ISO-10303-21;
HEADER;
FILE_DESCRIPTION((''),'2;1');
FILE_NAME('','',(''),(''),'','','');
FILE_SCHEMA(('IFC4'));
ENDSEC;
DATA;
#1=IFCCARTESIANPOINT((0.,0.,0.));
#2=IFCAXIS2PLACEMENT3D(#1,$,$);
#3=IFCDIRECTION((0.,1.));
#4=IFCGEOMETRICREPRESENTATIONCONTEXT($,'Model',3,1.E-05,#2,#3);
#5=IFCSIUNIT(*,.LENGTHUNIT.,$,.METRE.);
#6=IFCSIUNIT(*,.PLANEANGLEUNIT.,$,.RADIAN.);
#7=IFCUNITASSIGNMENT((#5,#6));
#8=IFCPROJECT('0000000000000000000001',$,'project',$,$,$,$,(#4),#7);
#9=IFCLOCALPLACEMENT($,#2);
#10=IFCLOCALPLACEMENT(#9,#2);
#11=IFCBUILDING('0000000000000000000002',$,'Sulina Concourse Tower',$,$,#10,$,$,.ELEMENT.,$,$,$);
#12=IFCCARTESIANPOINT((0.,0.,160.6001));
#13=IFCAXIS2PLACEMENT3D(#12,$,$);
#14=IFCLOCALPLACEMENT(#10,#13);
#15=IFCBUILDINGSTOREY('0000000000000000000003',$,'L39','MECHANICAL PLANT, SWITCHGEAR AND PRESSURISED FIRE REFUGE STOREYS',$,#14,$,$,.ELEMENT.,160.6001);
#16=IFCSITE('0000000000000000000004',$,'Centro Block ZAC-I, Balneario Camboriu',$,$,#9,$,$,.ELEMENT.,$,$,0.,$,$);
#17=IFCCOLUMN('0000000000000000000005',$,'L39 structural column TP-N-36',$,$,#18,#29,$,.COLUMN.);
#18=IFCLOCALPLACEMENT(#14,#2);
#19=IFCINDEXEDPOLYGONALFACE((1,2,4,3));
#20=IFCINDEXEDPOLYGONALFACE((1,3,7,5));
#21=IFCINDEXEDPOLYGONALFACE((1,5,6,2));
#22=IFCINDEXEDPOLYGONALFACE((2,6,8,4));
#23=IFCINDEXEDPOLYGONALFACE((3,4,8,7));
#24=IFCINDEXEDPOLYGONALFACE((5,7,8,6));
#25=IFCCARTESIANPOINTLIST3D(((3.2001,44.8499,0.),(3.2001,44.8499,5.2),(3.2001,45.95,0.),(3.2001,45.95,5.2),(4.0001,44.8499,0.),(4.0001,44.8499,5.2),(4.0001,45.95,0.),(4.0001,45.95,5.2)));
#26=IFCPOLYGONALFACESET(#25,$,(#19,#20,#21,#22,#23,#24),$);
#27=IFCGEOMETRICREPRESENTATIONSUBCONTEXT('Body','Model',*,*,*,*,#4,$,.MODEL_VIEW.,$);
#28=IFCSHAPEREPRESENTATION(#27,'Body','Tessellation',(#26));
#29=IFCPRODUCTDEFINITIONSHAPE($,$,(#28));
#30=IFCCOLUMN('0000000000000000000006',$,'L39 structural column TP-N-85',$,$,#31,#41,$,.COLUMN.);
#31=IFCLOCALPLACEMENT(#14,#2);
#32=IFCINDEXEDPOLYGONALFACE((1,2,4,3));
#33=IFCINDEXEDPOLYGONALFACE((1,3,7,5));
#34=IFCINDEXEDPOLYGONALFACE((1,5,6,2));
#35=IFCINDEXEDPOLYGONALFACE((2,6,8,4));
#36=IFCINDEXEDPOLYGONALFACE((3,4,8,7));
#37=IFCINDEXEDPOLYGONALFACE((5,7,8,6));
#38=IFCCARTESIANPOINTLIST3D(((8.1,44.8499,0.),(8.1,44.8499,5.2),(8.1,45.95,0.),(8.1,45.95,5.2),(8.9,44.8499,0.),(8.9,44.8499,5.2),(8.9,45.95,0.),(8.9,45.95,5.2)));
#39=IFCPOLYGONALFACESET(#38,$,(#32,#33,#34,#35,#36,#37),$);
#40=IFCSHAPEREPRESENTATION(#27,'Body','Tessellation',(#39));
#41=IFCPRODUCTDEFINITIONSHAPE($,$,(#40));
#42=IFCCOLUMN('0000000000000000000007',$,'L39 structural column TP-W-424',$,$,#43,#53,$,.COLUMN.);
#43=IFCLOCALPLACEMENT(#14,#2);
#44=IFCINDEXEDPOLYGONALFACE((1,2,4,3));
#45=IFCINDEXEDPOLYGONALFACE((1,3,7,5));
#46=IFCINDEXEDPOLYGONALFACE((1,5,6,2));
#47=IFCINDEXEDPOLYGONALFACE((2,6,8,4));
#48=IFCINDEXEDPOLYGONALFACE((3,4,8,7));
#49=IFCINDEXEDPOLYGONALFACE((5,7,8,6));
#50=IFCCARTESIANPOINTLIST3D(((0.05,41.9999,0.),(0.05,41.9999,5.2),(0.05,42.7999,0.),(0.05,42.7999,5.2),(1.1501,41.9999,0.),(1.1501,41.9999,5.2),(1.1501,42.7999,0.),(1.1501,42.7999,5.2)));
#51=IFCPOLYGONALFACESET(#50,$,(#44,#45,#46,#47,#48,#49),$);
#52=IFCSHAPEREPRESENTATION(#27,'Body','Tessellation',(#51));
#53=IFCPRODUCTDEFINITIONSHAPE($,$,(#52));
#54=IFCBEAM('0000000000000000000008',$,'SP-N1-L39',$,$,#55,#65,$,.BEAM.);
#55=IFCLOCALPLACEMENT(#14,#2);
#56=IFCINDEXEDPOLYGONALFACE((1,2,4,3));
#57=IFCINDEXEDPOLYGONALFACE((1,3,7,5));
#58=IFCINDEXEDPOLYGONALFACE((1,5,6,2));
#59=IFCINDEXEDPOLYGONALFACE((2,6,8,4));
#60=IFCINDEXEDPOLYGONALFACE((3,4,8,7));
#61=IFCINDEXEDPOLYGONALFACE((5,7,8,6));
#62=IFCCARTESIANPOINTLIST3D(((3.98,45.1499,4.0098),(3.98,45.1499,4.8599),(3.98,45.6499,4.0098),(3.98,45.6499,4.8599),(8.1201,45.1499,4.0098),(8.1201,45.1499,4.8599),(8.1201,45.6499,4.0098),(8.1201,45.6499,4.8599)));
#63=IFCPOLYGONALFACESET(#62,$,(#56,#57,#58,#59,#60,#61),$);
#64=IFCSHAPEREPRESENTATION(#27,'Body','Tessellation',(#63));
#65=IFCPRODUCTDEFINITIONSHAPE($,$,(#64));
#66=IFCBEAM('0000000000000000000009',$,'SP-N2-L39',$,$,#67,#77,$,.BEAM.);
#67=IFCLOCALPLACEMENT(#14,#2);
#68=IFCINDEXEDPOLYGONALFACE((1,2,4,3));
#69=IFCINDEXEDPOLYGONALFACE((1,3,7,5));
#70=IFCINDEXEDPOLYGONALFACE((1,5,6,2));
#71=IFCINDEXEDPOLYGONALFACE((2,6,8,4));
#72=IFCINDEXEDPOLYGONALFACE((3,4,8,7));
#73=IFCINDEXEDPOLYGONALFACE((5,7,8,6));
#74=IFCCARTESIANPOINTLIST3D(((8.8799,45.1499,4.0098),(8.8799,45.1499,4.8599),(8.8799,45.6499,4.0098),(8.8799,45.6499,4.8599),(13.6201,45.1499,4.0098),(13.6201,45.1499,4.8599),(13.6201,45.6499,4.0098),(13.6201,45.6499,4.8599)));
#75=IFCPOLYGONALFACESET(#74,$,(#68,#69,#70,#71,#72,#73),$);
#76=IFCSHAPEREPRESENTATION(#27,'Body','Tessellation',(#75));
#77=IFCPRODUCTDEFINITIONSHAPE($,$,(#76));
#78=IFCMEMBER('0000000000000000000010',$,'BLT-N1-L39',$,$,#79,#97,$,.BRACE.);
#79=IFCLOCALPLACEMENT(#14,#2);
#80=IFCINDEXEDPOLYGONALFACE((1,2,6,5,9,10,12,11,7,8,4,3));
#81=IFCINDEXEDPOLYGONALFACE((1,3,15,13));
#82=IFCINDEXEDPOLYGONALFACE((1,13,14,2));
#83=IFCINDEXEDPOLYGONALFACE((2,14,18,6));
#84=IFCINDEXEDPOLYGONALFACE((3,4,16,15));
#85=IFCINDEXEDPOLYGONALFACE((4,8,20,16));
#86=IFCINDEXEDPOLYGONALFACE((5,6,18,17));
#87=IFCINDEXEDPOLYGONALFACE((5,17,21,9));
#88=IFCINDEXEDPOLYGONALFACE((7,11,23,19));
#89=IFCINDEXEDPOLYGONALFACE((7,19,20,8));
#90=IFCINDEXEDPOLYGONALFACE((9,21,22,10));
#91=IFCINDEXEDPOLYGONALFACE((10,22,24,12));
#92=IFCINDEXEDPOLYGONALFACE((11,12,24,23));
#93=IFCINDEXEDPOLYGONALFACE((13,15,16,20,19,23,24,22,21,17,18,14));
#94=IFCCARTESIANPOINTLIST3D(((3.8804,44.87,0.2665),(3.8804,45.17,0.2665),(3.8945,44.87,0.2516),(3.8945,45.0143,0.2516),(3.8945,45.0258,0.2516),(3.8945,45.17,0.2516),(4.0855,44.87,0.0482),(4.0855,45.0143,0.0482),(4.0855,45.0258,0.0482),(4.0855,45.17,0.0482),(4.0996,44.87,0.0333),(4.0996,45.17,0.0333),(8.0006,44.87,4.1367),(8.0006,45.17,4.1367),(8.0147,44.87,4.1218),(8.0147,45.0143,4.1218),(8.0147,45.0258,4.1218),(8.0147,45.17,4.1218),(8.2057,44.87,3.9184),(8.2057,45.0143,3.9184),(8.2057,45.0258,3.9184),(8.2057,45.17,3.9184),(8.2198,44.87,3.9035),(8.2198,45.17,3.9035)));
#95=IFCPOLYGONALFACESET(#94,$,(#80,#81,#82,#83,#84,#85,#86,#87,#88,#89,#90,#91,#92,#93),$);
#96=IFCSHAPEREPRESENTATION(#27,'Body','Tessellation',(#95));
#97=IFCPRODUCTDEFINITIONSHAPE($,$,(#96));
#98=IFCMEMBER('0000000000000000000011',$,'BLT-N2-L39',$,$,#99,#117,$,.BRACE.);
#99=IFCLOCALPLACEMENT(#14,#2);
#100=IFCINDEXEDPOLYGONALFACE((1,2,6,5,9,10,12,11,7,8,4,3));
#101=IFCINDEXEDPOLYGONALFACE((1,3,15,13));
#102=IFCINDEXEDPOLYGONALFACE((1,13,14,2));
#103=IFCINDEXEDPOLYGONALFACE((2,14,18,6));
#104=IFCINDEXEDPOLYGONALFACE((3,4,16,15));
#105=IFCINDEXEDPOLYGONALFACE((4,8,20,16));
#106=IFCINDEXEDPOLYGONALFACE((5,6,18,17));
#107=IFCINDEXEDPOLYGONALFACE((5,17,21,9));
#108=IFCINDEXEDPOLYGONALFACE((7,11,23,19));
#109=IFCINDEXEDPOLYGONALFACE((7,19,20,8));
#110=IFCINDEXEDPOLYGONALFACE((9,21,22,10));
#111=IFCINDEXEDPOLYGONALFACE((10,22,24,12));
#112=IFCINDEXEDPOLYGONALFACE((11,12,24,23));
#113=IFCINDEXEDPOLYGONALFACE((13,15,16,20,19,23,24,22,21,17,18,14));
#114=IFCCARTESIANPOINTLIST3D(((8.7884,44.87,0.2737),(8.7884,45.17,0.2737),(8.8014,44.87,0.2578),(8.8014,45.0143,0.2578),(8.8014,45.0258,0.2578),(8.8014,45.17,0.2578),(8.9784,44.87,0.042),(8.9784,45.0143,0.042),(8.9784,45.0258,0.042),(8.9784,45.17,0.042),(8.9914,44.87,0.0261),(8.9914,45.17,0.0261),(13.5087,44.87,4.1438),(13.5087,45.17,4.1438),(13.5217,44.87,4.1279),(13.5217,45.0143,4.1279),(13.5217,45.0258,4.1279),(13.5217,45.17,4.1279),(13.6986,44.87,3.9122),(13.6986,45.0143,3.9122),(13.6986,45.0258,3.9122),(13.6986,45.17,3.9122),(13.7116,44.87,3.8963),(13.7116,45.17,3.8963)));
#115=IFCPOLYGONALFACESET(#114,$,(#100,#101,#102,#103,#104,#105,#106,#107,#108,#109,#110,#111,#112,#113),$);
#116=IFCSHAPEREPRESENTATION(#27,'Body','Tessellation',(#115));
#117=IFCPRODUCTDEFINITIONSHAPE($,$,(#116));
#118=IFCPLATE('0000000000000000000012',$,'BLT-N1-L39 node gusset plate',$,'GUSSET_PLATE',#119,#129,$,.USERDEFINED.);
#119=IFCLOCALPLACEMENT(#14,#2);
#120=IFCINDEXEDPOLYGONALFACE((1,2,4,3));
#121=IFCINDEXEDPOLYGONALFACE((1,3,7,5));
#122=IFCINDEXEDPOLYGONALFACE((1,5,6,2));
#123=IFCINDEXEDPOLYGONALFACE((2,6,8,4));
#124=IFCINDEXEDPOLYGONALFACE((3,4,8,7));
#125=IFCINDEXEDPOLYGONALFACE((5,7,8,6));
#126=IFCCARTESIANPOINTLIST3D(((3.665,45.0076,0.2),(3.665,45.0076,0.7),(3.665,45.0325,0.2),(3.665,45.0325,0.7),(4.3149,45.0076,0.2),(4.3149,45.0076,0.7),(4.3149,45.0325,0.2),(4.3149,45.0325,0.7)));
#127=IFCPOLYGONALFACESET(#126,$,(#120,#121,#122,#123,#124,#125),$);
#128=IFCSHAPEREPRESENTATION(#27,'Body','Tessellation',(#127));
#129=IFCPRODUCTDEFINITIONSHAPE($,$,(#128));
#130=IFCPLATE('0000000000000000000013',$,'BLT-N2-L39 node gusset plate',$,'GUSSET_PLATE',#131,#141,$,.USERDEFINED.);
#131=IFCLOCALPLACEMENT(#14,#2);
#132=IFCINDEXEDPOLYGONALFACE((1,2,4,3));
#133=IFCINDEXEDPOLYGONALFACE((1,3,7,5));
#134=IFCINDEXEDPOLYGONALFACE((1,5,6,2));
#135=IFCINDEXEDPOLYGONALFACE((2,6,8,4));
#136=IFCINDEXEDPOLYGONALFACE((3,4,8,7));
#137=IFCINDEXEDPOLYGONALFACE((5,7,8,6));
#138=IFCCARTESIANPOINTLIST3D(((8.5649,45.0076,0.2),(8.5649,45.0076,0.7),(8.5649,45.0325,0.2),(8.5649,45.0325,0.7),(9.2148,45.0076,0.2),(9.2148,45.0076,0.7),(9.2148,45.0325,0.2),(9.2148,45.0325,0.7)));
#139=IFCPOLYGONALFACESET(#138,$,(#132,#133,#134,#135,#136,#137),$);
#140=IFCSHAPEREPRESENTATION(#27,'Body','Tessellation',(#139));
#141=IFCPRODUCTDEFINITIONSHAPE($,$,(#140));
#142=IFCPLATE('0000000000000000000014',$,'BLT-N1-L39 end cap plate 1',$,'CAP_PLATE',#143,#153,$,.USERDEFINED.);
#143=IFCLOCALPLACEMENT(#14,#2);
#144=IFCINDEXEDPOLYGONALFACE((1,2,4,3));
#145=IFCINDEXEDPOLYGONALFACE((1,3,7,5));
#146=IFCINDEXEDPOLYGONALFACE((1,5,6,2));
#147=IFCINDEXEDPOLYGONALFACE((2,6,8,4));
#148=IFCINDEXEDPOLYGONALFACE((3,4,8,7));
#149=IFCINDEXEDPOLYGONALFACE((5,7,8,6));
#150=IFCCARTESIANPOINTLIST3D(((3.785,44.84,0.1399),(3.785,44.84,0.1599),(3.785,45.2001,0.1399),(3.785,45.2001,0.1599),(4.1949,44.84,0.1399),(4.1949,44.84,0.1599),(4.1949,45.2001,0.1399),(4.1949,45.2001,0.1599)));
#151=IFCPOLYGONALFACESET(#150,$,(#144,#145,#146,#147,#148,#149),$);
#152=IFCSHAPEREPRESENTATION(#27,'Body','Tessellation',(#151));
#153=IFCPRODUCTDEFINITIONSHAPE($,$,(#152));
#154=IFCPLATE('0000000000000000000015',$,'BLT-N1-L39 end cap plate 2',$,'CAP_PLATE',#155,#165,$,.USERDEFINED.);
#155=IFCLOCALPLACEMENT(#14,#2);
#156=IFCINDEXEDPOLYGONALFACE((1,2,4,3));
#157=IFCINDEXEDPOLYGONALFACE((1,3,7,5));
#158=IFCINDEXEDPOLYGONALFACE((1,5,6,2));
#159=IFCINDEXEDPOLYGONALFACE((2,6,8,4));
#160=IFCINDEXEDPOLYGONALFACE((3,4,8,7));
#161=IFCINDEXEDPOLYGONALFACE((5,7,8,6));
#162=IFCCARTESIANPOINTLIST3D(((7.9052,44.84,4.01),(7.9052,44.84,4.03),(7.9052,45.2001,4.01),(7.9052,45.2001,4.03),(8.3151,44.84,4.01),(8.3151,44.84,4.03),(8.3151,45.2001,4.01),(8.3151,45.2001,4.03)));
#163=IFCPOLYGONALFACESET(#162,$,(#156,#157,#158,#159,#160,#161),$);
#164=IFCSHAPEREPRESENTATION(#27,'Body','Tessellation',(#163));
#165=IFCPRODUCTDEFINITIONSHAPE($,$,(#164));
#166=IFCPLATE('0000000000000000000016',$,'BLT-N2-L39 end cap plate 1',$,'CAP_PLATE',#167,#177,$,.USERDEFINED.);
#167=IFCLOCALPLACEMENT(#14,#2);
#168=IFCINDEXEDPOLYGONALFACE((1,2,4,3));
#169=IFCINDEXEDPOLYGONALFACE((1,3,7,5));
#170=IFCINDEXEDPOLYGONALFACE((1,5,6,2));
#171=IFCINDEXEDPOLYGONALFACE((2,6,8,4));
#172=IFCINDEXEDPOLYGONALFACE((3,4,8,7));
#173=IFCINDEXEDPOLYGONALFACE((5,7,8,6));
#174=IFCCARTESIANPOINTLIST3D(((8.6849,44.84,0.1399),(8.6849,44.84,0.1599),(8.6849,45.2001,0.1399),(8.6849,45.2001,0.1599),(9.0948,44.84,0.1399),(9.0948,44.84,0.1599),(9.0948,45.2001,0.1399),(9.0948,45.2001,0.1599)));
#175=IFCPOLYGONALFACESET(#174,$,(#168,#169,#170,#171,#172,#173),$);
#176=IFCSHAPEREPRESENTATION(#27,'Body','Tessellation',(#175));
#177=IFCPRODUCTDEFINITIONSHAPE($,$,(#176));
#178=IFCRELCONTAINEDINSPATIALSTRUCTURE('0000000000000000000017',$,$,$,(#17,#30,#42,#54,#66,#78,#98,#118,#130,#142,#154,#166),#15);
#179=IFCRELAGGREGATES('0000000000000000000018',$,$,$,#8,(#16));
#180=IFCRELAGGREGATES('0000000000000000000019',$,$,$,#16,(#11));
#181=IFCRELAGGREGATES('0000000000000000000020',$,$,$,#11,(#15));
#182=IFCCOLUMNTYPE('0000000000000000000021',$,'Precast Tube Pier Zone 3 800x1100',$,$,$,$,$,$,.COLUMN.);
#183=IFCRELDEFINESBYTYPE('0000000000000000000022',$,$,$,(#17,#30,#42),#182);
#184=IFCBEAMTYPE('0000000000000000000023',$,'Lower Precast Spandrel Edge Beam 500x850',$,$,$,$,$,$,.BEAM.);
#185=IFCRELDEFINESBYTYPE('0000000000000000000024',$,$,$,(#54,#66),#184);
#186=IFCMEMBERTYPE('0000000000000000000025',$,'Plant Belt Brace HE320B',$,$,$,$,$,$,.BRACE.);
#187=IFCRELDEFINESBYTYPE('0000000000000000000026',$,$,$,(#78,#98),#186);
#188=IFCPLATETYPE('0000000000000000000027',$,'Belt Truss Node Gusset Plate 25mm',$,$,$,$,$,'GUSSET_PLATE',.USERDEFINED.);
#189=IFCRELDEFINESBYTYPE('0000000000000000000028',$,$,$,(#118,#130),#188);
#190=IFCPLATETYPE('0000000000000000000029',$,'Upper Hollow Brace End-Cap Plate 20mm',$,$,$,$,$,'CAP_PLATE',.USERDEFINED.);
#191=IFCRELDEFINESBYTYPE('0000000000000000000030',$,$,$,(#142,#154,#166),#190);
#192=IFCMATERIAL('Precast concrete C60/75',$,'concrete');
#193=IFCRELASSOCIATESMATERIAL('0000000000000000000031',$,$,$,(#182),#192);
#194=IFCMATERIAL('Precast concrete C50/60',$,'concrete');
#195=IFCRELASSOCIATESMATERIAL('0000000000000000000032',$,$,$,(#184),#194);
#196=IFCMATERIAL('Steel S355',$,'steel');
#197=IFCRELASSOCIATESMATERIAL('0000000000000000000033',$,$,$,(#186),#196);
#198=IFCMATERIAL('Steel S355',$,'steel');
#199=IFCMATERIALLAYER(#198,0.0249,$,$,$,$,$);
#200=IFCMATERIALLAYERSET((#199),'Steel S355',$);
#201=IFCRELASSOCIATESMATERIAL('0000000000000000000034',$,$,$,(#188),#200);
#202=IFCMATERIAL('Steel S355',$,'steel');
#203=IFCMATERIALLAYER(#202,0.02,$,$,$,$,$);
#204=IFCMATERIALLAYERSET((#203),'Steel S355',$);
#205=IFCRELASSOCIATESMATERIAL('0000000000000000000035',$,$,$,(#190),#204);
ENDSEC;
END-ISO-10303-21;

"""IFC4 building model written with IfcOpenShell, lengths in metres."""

from ifc_helpers import new_model, si_unit, direction, frame, origin, origin_2d, place, context, subcontext, project, spatial, rectangle, i_section, extrude, material, layer, layer_set, material_profile, profile_set, type_object, element, save


model = new_model("IFC4")

# Units and contexts
model_context = context("Model", 3, precision=1e-05, world=origin(), true_north=direction((0.0, 1.0)))
body_context = subcontext(model_context, "Body", "Model", "MODEL_VIEW")
ifc_project = project(units=[si_unit("LENGTHUNIT", "METRE"), si_unit("PLANEANGLEUNIT", "RADIAN")], contexts=[model_context])

# Site, building, storey
site_placement = place(None, origin())
site = spatial("IfcSite", under=ifc_project, at=site_placement, Name="Centro Block ZAC-I, Balneario Camboriu", CompositionType="ELEMENT", RefElevation=0.0)
building_placement = place(site_placement, origin())
building = spatial("IfcBuilding", under=site, at=building_placement, Name="Sulina Concourse Tower", CompositionType="ELEMENT")
storey_placement = place(building_placement, frame((0.0, 0.0, 160.6001)))
storey = spatial("IfcBuildingStorey", under=building, at=storey_placement, Name="L39", Description="MECHANICAL PLANT, SWITCHGEAR AND PRESSURISED FIRE REFUGE STOREYS", CompositionType="ELEMENT", Elevation=160.6001)

# Columns
ifc_material_1 = material(Name="Precast concrete C60/75", Category="concrete")
ifc_material_profile_1 = material_profile(ifc_material_1, rectangle(XDim=0.8, YDim=1.1001, at=origin_2d()), Name="PC 800x1100")
ifc_profile_set_1 = profile_set([ifc_material_profile_1], Name="Precast concrete C60/75")
column_type = type_object("IfcColumnType", Name="Precast Tube Pier Zone 3 800x1100", PredefinedType="COLUMN", material=ifc_profile_set_1)
for number, where, z_axis, x_axis, name in (
    (1, (3.6001, 45.3999, 0.0), (0.0, 0.0, 1.0), (1.0, 0.0, 0.0), "L39 structural column TP-N-36"),
    (2, (8.5, 45.3999, 0.0), (0.0, 0.0, 1.0), (1.0, 0.0, 0.0), "L39 structural column TP-N-85"),
    (3, (0.6001, 42.3999, 0.0), (0.0, 0.0, 1.0), (0.0, 1.0, 0.0), "L39 structural column TP-W-424"),
):
    element("IfcColumn", number, at=place(storey_placement, frame(where, z_axis=z_axis, x_axis=x_axis)), inside=storey, type_object=column_type, Name=name, PredefinedType="COLUMN", context=body_context, shape_type="SweptSolid", body=[
        extrude(rectangle(XDim=0.8, YDim=1.1001, at=origin_2d()), origin(), (0.0, 0.0, 1.0), 5.2),
    ])

# Beams
ifc_material_2 = material(Name="Precast concrete C50/60", Category="concrete")
ifc_material_profile_2 = material_profile(ifc_material_2, rectangle(XDim=0.5, YDim=0.8501, at=origin_2d()), Name="RC 500x850")
ifc_profile_set_2 = profile_set([ifc_material_profile_2], Name="Precast concrete C50/60")
beam_type = type_object("IfcBeamType", Name="Lower Precast Spandrel Edge Beam 500x850", PredefinedType="BEAM", material=ifc_profile_set_2)
beam_1_placement = place(storey_placement, frame((3.98, 45.3999, 4.4348), z_axis=(1.0, 0.0, 0.0), x_axis=(0.0, 1.0, 0.0)))
element("IfcBeam", 4, at=beam_1_placement, inside=storey, type_object=beam_type, Name="SP-N1-L39", PredefinedType="BEAM", context=body_context, shape_type="SweptSolid", body=[
    extrude(rectangle(XDim=0.5, YDim=0.8501, at=origin_2d()), origin(), (0.0, 0.0, 1.0), 4.1401),
])
beam_2_placement = place(storey_placement, frame((8.8799, 45.3999, 4.4348), z_axis=(1.0, 0.0, 0.0), x_axis=(0.0, 1.0, 0.0)))
element("IfcBeam", 5, at=beam_2_placement, inside=storey, type_object=beam_type, Name="SP-N2-L39", PredefinedType="BEAM", context=body_context, shape_type="SweptSolid", body=[
    extrude(rectangle(XDim=0.5, YDim=0.8501, at=origin_2d()), origin(), (0.0, 0.0, 1.0), 4.7402),
])

# Members
ifc_material_3 = material(Name="Steel S355", Category="steel")
ifc_material_profile_3 = material_profile(ifc_material_3, i_section(OverallWidth=0.3, OverallDepth=0.3201, WebThickness=0.0115, FlangeThickness=0.0205, at=origin_2d()), Name="HE 320 B")
ifc_profile_set_3 = profile_set([ifc_material_profile_3], Name="Steel S355")
member_type = type_object("IfcMemberType", Name="Plant Belt Brace HE320B", PredefinedType="BRACE", material=ifc_profile_set_3)
member_1_placement = place(storey_placement, frame((3.99, 45.02, 0.1499), z_axis=(0.728874, 0.0, 0.684648), x_axis=(0.0, 1.0, 0.0)))
element("IfcMember", 6, at=member_1_placement, inside=storey, type_object=member_type, Name="BLT-N1-L39", PredefinedType="BRACE", context=body_context, shape_type="SweptSolid", body=[
    extrude(i_section(OverallWidth=0.3, OverallDepth=0.3201, WebThickness=0.0115, FlangeThickness=0.0205, at=origin_2d()), origin(), (0.0, 0.0, 1.0), 5.6528),
])
member_2_placement = place(storey_placement, frame((8.8899, 45.02, 0.1499), z_axis=(0.773305, 0.0, 0.634035), x_axis=(0.0, 1.0, 0.0)))
element("IfcMember", 7, at=member_2_placement, inside=storey, type_object=member_type, Name="BLT-N2-L39", PredefinedType="BRACE", context=body_context, shape_type="SweptSolid", body=[
    extrude(i_section(OverallWidth=0.3, OverallDepth=0.3201, WebThickness=0.0115, FlangeThickness=0.0205, at=origin_2d()), origin(), (0.0, 0.0, 1.0), 6.104),
])

# Plates
ifc_material_4 = material(Name="Steel S355", Category="steel")
ifc_layer_1 = layer(ifc_material_4, 0.0249)
ifc_layer_set_1 = layer_set([ifc_layer_1], Name="Steel S355")
plate_type_1 = type_object("IfcPlateType", Name="Belt Truss Node Gusset Plate 25mm", ElementType="GUSSET_PLATE", PredefinedType="USERDEFINED", material=ifc_layer_set_1)
for number, where, z_axis, x_axis, name in (
    (8, (3.99, 45.02, 0.2), (0.0, 0.0, 1.0), (1.0, 0.0, 0.0), "BLT-N1-L39 node gusset plate"),
    (9, (8.8899, 45.02, 0.2), (0.0, 0.0, 1.0), (1.0, 0.0, 0.0), "BLT-N2-L39 node gusset plate"),
):
    element("IfcPlate", number, at=place(storey_placement, frame(where, z_axis=z_axis, x_axis=x_axis)), inside=storey, type_object=plate_type_1, Name=name, ObjectType="GUSSET_PLATE", PredefinedType="USERDEFINED", context=body_context, shape_type="SweptSolid", body=[
        extrude(rectangle(XDim=0.6499, YDim=0.0249, at=origin_2d()), origin(), (0.0, 0.0, 1.0), 0.5),
    ])
ifc_material_5 = material(Name="Steel S355", Category="steel")
ifc_layer_2 = layer(ifc_material_5, 0.02)
ifc_layer_set_2 = layer_set([ifc_layer_2], Name="Steel S355")
plate_type_2 = type_object("IfcPlateType", Name="Upper Hollow Brace End-Cap Plate 20mm", ElementType="CAP_PLATE", PredefinedType="USERDEFINED", material=ifc_layer_set_2)
for number, where, z_axis, x_axis, name in (
    (10, (3.99, 45.02, 0.1399), (0.0, 0.0, 1.0), (1.0, 0.0, 0.0), "BLT-N1-L39 end cap plate 1"),
    (11, (8.1101, 45.02, 4.01), (0.0, 0.0, 1.0), (1.0, 0.0, 0.0), "BLT-N1-L39 end cap plate 2"),
    (12, (8.8899, 45.02, 0.1399), (0.0, 0.0, 1.0), (1.0, 0.0, 0.0), "BLT-N2-L39 end cap plate 1"),
):
    element("IfcPlate", number, at=place(storey_placement, frame(where, z_axis=z_axis, x_axis=x_axis)), inside=storey, type_object=plate_type_2, Name=name, ObjectType="CAP_PLATE", PredefinedType="USERDEFINED", context=body_context, shape_type="SweptSolid", body=[
        extrude(rectangle(XDim=0.4099, YDim=0.3601, at=origin_2d()), origin(), (0.0, 0.0, 1.0), 0.02),
    ])

save(model, "model.ifc")
